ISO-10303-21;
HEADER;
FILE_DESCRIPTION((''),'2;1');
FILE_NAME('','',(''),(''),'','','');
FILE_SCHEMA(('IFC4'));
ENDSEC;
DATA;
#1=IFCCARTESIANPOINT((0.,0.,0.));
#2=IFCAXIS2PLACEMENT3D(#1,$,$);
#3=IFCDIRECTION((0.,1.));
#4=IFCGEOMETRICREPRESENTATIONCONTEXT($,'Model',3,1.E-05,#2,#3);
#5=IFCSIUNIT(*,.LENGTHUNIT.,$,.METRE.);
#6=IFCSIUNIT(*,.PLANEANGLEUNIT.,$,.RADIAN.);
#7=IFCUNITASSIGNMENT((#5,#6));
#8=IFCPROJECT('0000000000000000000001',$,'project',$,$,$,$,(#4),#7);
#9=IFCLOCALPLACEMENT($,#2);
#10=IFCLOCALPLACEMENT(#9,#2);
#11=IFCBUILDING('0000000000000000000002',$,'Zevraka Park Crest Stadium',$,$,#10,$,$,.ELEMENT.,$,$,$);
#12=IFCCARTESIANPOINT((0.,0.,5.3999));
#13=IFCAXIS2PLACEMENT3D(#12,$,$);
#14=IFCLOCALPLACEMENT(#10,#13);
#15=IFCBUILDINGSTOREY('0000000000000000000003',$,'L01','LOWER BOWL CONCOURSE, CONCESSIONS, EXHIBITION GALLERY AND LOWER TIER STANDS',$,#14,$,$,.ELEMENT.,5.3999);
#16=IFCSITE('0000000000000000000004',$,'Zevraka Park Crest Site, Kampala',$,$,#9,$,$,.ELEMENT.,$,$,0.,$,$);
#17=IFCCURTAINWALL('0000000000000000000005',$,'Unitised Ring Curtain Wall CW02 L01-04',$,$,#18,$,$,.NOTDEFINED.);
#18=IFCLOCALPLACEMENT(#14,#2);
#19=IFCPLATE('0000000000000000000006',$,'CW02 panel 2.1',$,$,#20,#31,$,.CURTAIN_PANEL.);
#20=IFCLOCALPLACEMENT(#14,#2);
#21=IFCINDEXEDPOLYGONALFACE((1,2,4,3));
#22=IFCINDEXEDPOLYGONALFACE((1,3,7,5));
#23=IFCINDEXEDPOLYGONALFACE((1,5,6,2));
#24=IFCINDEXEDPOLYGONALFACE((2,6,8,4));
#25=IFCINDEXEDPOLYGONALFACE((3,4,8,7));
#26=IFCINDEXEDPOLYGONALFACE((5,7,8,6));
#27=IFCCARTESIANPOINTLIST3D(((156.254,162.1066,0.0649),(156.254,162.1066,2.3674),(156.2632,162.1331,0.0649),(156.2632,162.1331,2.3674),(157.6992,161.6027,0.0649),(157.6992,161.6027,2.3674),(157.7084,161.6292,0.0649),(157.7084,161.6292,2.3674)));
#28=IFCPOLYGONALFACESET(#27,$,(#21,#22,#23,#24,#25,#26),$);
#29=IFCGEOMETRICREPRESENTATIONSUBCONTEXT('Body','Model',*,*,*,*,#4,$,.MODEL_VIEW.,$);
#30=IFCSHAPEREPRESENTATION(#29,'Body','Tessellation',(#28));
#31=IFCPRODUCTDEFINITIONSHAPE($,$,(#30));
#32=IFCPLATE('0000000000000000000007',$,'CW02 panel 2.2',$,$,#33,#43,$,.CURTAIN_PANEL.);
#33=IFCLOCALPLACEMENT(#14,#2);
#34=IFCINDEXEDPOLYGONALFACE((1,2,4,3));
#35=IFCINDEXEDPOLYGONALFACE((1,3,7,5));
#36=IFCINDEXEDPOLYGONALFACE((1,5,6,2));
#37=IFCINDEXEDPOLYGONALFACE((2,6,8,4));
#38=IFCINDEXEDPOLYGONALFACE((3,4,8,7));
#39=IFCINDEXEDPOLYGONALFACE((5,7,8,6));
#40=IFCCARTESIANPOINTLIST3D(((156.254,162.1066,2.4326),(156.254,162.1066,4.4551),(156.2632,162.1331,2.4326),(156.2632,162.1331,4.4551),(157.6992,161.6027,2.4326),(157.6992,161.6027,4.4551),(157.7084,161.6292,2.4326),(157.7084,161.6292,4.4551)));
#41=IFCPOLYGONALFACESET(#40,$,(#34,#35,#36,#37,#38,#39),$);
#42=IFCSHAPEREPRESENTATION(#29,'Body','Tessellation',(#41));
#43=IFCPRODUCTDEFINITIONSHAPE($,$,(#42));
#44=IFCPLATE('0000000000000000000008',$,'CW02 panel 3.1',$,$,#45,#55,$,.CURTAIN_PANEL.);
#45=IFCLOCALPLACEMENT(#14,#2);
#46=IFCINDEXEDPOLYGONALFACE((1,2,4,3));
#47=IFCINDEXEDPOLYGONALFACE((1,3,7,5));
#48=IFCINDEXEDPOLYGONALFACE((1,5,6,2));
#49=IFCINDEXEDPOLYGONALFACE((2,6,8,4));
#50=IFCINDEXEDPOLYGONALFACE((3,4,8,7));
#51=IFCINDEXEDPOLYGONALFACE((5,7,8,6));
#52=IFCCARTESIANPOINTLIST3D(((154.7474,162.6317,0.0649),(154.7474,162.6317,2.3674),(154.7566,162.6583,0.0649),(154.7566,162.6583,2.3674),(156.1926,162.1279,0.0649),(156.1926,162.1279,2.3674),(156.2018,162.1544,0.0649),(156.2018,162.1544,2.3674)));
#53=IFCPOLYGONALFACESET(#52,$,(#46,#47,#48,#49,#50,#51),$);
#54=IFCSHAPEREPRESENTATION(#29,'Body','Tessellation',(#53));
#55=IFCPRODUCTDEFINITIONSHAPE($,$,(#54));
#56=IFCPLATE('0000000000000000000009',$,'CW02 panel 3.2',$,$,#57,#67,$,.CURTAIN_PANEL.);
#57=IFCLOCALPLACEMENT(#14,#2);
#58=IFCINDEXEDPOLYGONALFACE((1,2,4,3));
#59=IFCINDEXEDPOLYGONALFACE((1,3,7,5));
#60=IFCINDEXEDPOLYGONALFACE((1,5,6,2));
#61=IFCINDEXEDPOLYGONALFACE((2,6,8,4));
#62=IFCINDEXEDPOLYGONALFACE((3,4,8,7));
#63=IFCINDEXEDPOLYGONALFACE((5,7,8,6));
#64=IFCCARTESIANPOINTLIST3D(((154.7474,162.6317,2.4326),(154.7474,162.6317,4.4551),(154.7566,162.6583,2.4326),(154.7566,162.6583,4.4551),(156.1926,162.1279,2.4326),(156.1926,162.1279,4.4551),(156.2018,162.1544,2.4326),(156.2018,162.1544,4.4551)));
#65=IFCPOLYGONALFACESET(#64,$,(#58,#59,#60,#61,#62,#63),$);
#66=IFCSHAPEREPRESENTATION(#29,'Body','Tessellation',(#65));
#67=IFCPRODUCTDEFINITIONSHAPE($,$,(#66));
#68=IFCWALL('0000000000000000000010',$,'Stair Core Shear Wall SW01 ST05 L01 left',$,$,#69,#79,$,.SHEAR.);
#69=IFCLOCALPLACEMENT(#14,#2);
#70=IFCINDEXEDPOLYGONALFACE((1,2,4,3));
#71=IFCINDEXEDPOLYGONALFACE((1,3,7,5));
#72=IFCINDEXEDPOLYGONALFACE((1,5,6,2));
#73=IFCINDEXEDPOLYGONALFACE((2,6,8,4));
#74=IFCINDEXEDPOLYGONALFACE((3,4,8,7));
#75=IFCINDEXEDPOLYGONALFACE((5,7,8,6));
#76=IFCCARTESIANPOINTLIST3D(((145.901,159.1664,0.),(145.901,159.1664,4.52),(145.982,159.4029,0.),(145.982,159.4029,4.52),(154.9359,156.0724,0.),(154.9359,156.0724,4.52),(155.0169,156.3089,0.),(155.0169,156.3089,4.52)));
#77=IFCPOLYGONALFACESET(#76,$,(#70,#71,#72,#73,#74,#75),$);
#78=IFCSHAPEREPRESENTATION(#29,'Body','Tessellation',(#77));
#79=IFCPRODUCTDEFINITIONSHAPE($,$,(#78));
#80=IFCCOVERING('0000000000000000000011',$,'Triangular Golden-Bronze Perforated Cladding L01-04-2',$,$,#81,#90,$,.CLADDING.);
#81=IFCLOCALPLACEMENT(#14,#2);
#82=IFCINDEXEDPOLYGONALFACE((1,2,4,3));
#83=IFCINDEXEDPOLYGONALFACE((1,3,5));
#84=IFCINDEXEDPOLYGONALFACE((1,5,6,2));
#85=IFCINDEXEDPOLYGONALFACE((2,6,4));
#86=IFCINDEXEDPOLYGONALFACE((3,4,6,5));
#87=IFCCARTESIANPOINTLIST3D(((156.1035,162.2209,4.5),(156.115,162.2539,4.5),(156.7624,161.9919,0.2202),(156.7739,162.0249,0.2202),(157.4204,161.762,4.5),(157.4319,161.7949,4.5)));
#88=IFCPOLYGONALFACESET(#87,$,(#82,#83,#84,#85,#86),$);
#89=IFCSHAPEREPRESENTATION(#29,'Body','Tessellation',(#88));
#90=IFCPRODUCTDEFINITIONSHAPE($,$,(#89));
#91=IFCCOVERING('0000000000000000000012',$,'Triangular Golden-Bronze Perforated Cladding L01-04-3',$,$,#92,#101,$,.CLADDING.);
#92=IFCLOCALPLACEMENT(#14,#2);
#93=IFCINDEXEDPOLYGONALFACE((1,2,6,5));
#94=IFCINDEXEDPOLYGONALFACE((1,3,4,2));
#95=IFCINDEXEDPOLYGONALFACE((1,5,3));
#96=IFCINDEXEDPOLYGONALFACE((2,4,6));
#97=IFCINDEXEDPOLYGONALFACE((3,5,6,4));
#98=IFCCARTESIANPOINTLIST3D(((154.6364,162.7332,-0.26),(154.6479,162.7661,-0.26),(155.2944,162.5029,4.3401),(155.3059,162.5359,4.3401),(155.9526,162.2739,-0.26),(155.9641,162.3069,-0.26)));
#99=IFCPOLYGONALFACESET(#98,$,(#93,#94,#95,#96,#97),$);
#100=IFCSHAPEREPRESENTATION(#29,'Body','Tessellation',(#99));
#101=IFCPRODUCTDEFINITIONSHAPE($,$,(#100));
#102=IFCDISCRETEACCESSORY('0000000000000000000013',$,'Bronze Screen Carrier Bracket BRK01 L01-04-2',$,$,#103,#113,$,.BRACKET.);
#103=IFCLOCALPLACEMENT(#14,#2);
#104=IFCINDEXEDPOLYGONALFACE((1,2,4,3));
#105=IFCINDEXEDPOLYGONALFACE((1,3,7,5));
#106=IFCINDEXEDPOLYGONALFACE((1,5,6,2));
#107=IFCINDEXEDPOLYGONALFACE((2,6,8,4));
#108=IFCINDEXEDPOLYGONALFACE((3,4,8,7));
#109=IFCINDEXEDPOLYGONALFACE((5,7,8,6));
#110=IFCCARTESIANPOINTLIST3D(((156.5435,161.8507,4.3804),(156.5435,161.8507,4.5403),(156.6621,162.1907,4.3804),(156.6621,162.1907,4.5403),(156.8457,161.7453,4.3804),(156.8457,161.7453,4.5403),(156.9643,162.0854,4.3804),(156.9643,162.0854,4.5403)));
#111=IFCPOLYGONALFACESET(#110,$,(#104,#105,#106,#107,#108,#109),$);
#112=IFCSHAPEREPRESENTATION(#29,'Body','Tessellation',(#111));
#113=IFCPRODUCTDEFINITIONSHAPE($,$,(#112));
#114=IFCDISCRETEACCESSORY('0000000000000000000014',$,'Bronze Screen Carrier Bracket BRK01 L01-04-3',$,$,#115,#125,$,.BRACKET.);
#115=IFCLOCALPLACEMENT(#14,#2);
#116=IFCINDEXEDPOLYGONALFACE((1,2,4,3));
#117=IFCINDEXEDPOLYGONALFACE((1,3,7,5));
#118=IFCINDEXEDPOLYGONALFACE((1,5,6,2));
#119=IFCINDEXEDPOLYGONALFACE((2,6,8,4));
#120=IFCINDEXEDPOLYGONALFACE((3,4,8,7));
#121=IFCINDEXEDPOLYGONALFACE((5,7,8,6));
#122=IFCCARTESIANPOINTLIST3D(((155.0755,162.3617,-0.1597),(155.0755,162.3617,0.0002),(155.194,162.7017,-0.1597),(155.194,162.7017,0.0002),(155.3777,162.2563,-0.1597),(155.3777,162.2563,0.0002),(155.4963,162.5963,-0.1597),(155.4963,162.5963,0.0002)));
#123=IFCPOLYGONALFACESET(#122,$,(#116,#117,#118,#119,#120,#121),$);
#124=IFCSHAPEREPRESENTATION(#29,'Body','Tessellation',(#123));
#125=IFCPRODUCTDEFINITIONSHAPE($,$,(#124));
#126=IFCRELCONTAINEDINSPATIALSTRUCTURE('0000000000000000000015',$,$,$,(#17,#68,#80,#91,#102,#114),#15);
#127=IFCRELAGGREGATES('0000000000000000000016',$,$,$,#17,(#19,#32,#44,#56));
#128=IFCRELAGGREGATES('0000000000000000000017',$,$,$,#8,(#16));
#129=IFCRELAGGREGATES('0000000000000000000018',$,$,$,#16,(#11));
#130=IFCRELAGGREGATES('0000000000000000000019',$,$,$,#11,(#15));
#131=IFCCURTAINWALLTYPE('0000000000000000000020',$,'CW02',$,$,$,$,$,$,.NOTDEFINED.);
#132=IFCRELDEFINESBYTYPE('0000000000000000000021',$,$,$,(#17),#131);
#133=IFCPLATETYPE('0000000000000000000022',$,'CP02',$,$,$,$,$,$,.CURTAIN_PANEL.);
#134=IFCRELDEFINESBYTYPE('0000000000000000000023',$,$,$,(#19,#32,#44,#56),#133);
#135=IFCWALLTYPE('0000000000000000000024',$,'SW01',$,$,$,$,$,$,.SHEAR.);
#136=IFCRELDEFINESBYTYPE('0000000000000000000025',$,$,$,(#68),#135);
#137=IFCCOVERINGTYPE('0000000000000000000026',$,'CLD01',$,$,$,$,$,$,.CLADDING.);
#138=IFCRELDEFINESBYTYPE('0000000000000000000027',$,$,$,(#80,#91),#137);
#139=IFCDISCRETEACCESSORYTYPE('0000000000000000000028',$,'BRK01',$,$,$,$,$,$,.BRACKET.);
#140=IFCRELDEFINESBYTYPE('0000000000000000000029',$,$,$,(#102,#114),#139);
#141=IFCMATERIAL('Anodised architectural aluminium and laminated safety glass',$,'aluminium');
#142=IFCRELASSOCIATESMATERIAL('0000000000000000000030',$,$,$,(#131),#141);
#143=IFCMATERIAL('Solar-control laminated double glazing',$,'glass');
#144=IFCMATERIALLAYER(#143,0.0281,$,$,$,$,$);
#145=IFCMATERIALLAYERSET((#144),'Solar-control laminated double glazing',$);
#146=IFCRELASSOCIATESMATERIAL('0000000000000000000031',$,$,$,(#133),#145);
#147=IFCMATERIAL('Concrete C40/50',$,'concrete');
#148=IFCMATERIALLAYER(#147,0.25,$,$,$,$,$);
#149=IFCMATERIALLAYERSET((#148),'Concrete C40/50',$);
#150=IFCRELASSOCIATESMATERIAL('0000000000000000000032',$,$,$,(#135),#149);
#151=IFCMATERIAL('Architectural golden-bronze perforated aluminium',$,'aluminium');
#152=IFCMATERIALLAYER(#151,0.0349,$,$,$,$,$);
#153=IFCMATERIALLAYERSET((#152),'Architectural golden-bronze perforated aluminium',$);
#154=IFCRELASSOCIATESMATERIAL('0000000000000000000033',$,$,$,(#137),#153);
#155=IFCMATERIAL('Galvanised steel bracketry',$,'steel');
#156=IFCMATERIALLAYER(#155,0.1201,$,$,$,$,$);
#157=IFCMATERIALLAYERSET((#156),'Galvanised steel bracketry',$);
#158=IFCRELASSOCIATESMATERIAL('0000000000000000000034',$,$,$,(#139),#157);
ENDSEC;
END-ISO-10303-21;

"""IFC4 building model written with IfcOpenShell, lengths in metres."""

from ifc_helpers import new_model, si_unit, direction, frame, frame_2d, origin, origin_2d, place, context, subcontext, project, spatial, polyline, rectangle, outline, extrude, material, layer, layer_set, type_object, element, aggregate, save


model = new_model("IFC4")

# Units and contexts
model_context = context("Model", 3, precision=1e-05, world=origin(), true_north=direction((0.0, 1.0)))
body_context = subcontext(model_context, "Body", "Model", "MODEL_VIEW")
ifc_project = project(units=[si_unit("LENGTHUNIT", "METRE"), si_unit("PLANEANGLEUNIT", "RADIAN")], contexts=[model_context])

# Site, building, storey
site_placement = place(None, origin())
site = spatial("IfcSite", under=ifc_project, at=site_placement, Name="Zevraka Park Crest Site, Kampala", CompositionType="ELEMENT", RefElevation=0.0)
building_placement = place(site_placement, origin())
building = spatial("IfcBuilding", under=site, at=building_placement, Name="Zevraka Park Crest Stadium", CompositionType="ELEMENT")
storey_placement = place(building_placement, frame((0.0, 0.0, 5.3999)))
storey = spatial("IfcBuildingStorey", under=building, at=storey_placement, Name="L01", Description="LOWER BOWL CONCOURSE, CONCESSIONS, EXHIBITION GALLERY AND LOWER TIER STANDS", CompositionType="ELEMENT", Elevation=5.3999)

# Curtain wall
ifc_material_1 = material(Name="Anodised architectural aluminium and laminated safety glass", Category="aluminium")
curtain_wall_type = type_object("IfcCurtainWallType", Name="CW02", PredefinedType="NOTDEFINED", material=ifc_material_1)
curtain_wall_placement = place(storey_placement, origin())
curtain_wall = element("IfcCurtainWall", 1, at=curtain_wall_placement, inside=storey, type_object=curtain_wall_type, Name="Unitised Ring Curtain Wall CW02 L01-04", PredefinedType="NOTDEFINED")

# Plates
ifc_material_2 = material(Name="Solar-control laminated double glazing", Category="glass")
ifc_layer_1 = layer(ifc_material_2, 0.0281)
ifc_layer_set_1 = layer_set([ifc_layer_1], Name="Solar-control laminated double glazing")
plate_type = type_object("IfcPlateType", Name="CP02", PredefinedType="CURTAIN_PANEL", material=ifc_layer_set_1)
plate_1_placement = place(storey_placement, frame((156.9812, 161.8679, 0.0649), z_axis=(0.0, 0.0, 1.0), x_axis=(-0.944257, 0.329209, 0.0)))
plate_1 = element("IfcPlate", 2, at=plate_1_placement, type_object=plate_type, Name="CW02 panel 2.1", PredefinedType="CURTAIN_PANEL", context=body_context, shape_type="SweptSolid", body=[
    extrude(rectangle(XDim=1.5305, YDim=0.0281, at=origin_2d()), origin(), (0.0, 0.0, 1.0), 2.3025),
])
plate_2_placement = place(storey_placement, frame((156.9812, 161.8679, 2.4326), z_axis=(0.0, 0.0, 1.0), x_axis=(-0.944257, 0.329209, 0.0)))
plate_2 = element("IfcPlate", 3, at=plate_2_placement, type_object=plate_type, Name="CW02 panel 2.2", PredefinedType="CURTAIN_PANEL", context=body_context, shape_type="SweptSolid", body=[
    extrude(rectangle(XDim=1.5305, YDim=0.0281, at=origin_2d()), origin(), (0.0, 0.0, 1.0), 2.0225),
])
plate_3_placement = place(storey_placement, frame((155.4746, 162.3931, 0.0649), z_axis=(0.0, 0.0, 1.0), x_axis=(-0.944257, 0.329209, 0.0)))
plate_3 = element("IfcPlate", 4, at=plate_3_placement, type_object=plate_type, Name="CW02 panel 3.1", PredefinedType="CURTAIN_PANEL", context=body_context, shape_type="SweptSolid", body=[
    extrude(rectangle(XDim=1.5305, YDim=0.0281, at=origin_2d()), origin(), (0.0, 0.0, 1.0), 2.3025),
])
plate_4_placement = place(storey_placement, frame((155.4746, 162.3931, 2.4326), z_axis=(0.0, 0.0, 1.0), x_axis=(-0.944257, 0.329209, 0.0)))
plate_4 = element("IfcPlate", 5, at=plate_4_placement, type_object=plate_type, Name="CW02 panel 3.2", PredefinedType="CURTAIN_PANEL", context=body_context, shape_type="SweptSolid", body=[
    extrude(rectangle(XDim=1.5305, YDim=0.0281, at=origin_2d()), origin(), (0.0, 0.0, 1.0), 2.0225),
])
aggregate(curtain_wall, [plate_1, plate_2, plate_3, plate_4])

# Wall
ifc_material_3 = material(Name="Concrete C40/50", Category="concrete")
ifc_layer_2 = layer(ifc_material_3, 0.25)
ifc_layer_set_2 = layer_set([ifc_layer_2], Name="Concrete C40/50")
wall_type = type_object("IfcWallType", Name="SW01", PredefinedType="SHEAR", material=ifc_layer_set_2)
wall_placement = place(storey_placement, frame((154.9763, 156.1907, 0.0), z_axis=(0.0, 0.0, 1.0), x_axis=(-0.946064, 0.323979, 0.0)))
element("IfcWall", 6, at=wall_placement, inside=storey, type_object=wall_type, Name="Stair Core Shear Wall SW01 ST05 L01 left", PredefinedType="SHEAR", context=body_context, shape_type="SweptSolid", body=[
    extrude(rectangle(XDim=9.55, YDim=0.25, at=frame_2d((4.7749, 0.0))), origin(), (0.0, 0.0, 1.0), 4.52),
])

# Coverings
ifc_material_4 = material(Name="Architectural golden-bronze perforated aluminium", Category="aluminium")
ifc_layer_3 = layer(ifc_material_4, 0.0349)
ifc_layer_set_3 = layer_set([ifc_layer_3], Name="Architectural golden-bronze perforated aluminium")
covering_type = type_object("IfcCoveringType", Name="CLD01", PredefinedType="CLADDING", material=ifc_layer_set_3)
covering_1_placement = place(storey_placement, frame((156.115, 162.2539, 4.5), z_axis=(0.329118, 0.944289, 0.000145), x_axis=(0.944289, -0.329118, 0.0)))
element("IfcCovering", 7, at=covering_1_placement, inside=storey, type_object=covering_type, Name="Triangular Golden-Bronze Perforated Cladding L01-04-2", PredefinedType="CLADDING", context=body_context, shape_type="SweptSolid", body=[
    extrude(outline(polyline([(0.0, 0.0), (1.3946, 0.0), (0.6976, 4.2798), (0.0, 0.0)])), origin(), (0.0, 0.0, -1.0), 0.0349),
])
covering_2_placement = place(storey_placement, frame((155.9641, 162.3069, -0.26), z_axis=(0.329438, 0.944177, 0.000134), x_axis=(-0.944177, 0.329438, 0.0)))
element("IfcCovering", 8, at=covering_2_placement, inside=storey, type_object=covering_type, Name="Triangular Golden-Bronze Perforated Cladding L01-04-3", PredefinedType="CLADDING", context=body_context, shape_type="SweptSolid", body=[
    extrude(outline(polyline([(0.0, 0.0), (1.394, 0.0), (0.6969, 4.6001), (0.0, 0.0)])), origin(), (0.0, 0.0, -1.0), 0.0349),
])

# Discrete accessories
ifc_material_5 = material(Name="Galvanised steel bracketry", Category="steel")
ifc_layer_4 = layer(ifc_material_5, 0.1201)
ifc_layer_set_4 = layer_set([ifc_layer_4], Name="Galvanised steel bracketry")
discrete_accessory_type = type_object("IfcDiscreteAccessoryType", Name="BRK01", PredefinedType="BRACKET", material=ifc_layer_set_4)
for number, where, z_axis, x_axis, name in (
    (9, (156.7539, 161.968, 4.3804), (0.0, 0.0, 1.0), (-0.944262, 0.329196, 0.0), "Bronze Screen Carrier Bracket BRK01 L01-04-2"),
    (10, (155.2859, 162.479, -0.1597), (0.0, 0.0, 1.0), (-0.944262, 0.329196, 0.0), "Bronze Screen Carrier Bracket BRK01 L01-04-3"),
):
    element("IfcDiscreteAccessory", number, at=place(storey_placement, frame(where, z_axis=z_axis, x_axis=x_axis)), inside=storey, type_object=discrete_accessory_type, Name=name, PredefinedType="BRACKET", context=body_context, shape_type="SweptSolid", body=[
        extrude(rectangle(XDim=0.3201, YDim=0.3601, at=origin_2d()), origin(), (0.0, 0.0, 1.0), 0.1599),
    ])

save(model, "model.ifc")
